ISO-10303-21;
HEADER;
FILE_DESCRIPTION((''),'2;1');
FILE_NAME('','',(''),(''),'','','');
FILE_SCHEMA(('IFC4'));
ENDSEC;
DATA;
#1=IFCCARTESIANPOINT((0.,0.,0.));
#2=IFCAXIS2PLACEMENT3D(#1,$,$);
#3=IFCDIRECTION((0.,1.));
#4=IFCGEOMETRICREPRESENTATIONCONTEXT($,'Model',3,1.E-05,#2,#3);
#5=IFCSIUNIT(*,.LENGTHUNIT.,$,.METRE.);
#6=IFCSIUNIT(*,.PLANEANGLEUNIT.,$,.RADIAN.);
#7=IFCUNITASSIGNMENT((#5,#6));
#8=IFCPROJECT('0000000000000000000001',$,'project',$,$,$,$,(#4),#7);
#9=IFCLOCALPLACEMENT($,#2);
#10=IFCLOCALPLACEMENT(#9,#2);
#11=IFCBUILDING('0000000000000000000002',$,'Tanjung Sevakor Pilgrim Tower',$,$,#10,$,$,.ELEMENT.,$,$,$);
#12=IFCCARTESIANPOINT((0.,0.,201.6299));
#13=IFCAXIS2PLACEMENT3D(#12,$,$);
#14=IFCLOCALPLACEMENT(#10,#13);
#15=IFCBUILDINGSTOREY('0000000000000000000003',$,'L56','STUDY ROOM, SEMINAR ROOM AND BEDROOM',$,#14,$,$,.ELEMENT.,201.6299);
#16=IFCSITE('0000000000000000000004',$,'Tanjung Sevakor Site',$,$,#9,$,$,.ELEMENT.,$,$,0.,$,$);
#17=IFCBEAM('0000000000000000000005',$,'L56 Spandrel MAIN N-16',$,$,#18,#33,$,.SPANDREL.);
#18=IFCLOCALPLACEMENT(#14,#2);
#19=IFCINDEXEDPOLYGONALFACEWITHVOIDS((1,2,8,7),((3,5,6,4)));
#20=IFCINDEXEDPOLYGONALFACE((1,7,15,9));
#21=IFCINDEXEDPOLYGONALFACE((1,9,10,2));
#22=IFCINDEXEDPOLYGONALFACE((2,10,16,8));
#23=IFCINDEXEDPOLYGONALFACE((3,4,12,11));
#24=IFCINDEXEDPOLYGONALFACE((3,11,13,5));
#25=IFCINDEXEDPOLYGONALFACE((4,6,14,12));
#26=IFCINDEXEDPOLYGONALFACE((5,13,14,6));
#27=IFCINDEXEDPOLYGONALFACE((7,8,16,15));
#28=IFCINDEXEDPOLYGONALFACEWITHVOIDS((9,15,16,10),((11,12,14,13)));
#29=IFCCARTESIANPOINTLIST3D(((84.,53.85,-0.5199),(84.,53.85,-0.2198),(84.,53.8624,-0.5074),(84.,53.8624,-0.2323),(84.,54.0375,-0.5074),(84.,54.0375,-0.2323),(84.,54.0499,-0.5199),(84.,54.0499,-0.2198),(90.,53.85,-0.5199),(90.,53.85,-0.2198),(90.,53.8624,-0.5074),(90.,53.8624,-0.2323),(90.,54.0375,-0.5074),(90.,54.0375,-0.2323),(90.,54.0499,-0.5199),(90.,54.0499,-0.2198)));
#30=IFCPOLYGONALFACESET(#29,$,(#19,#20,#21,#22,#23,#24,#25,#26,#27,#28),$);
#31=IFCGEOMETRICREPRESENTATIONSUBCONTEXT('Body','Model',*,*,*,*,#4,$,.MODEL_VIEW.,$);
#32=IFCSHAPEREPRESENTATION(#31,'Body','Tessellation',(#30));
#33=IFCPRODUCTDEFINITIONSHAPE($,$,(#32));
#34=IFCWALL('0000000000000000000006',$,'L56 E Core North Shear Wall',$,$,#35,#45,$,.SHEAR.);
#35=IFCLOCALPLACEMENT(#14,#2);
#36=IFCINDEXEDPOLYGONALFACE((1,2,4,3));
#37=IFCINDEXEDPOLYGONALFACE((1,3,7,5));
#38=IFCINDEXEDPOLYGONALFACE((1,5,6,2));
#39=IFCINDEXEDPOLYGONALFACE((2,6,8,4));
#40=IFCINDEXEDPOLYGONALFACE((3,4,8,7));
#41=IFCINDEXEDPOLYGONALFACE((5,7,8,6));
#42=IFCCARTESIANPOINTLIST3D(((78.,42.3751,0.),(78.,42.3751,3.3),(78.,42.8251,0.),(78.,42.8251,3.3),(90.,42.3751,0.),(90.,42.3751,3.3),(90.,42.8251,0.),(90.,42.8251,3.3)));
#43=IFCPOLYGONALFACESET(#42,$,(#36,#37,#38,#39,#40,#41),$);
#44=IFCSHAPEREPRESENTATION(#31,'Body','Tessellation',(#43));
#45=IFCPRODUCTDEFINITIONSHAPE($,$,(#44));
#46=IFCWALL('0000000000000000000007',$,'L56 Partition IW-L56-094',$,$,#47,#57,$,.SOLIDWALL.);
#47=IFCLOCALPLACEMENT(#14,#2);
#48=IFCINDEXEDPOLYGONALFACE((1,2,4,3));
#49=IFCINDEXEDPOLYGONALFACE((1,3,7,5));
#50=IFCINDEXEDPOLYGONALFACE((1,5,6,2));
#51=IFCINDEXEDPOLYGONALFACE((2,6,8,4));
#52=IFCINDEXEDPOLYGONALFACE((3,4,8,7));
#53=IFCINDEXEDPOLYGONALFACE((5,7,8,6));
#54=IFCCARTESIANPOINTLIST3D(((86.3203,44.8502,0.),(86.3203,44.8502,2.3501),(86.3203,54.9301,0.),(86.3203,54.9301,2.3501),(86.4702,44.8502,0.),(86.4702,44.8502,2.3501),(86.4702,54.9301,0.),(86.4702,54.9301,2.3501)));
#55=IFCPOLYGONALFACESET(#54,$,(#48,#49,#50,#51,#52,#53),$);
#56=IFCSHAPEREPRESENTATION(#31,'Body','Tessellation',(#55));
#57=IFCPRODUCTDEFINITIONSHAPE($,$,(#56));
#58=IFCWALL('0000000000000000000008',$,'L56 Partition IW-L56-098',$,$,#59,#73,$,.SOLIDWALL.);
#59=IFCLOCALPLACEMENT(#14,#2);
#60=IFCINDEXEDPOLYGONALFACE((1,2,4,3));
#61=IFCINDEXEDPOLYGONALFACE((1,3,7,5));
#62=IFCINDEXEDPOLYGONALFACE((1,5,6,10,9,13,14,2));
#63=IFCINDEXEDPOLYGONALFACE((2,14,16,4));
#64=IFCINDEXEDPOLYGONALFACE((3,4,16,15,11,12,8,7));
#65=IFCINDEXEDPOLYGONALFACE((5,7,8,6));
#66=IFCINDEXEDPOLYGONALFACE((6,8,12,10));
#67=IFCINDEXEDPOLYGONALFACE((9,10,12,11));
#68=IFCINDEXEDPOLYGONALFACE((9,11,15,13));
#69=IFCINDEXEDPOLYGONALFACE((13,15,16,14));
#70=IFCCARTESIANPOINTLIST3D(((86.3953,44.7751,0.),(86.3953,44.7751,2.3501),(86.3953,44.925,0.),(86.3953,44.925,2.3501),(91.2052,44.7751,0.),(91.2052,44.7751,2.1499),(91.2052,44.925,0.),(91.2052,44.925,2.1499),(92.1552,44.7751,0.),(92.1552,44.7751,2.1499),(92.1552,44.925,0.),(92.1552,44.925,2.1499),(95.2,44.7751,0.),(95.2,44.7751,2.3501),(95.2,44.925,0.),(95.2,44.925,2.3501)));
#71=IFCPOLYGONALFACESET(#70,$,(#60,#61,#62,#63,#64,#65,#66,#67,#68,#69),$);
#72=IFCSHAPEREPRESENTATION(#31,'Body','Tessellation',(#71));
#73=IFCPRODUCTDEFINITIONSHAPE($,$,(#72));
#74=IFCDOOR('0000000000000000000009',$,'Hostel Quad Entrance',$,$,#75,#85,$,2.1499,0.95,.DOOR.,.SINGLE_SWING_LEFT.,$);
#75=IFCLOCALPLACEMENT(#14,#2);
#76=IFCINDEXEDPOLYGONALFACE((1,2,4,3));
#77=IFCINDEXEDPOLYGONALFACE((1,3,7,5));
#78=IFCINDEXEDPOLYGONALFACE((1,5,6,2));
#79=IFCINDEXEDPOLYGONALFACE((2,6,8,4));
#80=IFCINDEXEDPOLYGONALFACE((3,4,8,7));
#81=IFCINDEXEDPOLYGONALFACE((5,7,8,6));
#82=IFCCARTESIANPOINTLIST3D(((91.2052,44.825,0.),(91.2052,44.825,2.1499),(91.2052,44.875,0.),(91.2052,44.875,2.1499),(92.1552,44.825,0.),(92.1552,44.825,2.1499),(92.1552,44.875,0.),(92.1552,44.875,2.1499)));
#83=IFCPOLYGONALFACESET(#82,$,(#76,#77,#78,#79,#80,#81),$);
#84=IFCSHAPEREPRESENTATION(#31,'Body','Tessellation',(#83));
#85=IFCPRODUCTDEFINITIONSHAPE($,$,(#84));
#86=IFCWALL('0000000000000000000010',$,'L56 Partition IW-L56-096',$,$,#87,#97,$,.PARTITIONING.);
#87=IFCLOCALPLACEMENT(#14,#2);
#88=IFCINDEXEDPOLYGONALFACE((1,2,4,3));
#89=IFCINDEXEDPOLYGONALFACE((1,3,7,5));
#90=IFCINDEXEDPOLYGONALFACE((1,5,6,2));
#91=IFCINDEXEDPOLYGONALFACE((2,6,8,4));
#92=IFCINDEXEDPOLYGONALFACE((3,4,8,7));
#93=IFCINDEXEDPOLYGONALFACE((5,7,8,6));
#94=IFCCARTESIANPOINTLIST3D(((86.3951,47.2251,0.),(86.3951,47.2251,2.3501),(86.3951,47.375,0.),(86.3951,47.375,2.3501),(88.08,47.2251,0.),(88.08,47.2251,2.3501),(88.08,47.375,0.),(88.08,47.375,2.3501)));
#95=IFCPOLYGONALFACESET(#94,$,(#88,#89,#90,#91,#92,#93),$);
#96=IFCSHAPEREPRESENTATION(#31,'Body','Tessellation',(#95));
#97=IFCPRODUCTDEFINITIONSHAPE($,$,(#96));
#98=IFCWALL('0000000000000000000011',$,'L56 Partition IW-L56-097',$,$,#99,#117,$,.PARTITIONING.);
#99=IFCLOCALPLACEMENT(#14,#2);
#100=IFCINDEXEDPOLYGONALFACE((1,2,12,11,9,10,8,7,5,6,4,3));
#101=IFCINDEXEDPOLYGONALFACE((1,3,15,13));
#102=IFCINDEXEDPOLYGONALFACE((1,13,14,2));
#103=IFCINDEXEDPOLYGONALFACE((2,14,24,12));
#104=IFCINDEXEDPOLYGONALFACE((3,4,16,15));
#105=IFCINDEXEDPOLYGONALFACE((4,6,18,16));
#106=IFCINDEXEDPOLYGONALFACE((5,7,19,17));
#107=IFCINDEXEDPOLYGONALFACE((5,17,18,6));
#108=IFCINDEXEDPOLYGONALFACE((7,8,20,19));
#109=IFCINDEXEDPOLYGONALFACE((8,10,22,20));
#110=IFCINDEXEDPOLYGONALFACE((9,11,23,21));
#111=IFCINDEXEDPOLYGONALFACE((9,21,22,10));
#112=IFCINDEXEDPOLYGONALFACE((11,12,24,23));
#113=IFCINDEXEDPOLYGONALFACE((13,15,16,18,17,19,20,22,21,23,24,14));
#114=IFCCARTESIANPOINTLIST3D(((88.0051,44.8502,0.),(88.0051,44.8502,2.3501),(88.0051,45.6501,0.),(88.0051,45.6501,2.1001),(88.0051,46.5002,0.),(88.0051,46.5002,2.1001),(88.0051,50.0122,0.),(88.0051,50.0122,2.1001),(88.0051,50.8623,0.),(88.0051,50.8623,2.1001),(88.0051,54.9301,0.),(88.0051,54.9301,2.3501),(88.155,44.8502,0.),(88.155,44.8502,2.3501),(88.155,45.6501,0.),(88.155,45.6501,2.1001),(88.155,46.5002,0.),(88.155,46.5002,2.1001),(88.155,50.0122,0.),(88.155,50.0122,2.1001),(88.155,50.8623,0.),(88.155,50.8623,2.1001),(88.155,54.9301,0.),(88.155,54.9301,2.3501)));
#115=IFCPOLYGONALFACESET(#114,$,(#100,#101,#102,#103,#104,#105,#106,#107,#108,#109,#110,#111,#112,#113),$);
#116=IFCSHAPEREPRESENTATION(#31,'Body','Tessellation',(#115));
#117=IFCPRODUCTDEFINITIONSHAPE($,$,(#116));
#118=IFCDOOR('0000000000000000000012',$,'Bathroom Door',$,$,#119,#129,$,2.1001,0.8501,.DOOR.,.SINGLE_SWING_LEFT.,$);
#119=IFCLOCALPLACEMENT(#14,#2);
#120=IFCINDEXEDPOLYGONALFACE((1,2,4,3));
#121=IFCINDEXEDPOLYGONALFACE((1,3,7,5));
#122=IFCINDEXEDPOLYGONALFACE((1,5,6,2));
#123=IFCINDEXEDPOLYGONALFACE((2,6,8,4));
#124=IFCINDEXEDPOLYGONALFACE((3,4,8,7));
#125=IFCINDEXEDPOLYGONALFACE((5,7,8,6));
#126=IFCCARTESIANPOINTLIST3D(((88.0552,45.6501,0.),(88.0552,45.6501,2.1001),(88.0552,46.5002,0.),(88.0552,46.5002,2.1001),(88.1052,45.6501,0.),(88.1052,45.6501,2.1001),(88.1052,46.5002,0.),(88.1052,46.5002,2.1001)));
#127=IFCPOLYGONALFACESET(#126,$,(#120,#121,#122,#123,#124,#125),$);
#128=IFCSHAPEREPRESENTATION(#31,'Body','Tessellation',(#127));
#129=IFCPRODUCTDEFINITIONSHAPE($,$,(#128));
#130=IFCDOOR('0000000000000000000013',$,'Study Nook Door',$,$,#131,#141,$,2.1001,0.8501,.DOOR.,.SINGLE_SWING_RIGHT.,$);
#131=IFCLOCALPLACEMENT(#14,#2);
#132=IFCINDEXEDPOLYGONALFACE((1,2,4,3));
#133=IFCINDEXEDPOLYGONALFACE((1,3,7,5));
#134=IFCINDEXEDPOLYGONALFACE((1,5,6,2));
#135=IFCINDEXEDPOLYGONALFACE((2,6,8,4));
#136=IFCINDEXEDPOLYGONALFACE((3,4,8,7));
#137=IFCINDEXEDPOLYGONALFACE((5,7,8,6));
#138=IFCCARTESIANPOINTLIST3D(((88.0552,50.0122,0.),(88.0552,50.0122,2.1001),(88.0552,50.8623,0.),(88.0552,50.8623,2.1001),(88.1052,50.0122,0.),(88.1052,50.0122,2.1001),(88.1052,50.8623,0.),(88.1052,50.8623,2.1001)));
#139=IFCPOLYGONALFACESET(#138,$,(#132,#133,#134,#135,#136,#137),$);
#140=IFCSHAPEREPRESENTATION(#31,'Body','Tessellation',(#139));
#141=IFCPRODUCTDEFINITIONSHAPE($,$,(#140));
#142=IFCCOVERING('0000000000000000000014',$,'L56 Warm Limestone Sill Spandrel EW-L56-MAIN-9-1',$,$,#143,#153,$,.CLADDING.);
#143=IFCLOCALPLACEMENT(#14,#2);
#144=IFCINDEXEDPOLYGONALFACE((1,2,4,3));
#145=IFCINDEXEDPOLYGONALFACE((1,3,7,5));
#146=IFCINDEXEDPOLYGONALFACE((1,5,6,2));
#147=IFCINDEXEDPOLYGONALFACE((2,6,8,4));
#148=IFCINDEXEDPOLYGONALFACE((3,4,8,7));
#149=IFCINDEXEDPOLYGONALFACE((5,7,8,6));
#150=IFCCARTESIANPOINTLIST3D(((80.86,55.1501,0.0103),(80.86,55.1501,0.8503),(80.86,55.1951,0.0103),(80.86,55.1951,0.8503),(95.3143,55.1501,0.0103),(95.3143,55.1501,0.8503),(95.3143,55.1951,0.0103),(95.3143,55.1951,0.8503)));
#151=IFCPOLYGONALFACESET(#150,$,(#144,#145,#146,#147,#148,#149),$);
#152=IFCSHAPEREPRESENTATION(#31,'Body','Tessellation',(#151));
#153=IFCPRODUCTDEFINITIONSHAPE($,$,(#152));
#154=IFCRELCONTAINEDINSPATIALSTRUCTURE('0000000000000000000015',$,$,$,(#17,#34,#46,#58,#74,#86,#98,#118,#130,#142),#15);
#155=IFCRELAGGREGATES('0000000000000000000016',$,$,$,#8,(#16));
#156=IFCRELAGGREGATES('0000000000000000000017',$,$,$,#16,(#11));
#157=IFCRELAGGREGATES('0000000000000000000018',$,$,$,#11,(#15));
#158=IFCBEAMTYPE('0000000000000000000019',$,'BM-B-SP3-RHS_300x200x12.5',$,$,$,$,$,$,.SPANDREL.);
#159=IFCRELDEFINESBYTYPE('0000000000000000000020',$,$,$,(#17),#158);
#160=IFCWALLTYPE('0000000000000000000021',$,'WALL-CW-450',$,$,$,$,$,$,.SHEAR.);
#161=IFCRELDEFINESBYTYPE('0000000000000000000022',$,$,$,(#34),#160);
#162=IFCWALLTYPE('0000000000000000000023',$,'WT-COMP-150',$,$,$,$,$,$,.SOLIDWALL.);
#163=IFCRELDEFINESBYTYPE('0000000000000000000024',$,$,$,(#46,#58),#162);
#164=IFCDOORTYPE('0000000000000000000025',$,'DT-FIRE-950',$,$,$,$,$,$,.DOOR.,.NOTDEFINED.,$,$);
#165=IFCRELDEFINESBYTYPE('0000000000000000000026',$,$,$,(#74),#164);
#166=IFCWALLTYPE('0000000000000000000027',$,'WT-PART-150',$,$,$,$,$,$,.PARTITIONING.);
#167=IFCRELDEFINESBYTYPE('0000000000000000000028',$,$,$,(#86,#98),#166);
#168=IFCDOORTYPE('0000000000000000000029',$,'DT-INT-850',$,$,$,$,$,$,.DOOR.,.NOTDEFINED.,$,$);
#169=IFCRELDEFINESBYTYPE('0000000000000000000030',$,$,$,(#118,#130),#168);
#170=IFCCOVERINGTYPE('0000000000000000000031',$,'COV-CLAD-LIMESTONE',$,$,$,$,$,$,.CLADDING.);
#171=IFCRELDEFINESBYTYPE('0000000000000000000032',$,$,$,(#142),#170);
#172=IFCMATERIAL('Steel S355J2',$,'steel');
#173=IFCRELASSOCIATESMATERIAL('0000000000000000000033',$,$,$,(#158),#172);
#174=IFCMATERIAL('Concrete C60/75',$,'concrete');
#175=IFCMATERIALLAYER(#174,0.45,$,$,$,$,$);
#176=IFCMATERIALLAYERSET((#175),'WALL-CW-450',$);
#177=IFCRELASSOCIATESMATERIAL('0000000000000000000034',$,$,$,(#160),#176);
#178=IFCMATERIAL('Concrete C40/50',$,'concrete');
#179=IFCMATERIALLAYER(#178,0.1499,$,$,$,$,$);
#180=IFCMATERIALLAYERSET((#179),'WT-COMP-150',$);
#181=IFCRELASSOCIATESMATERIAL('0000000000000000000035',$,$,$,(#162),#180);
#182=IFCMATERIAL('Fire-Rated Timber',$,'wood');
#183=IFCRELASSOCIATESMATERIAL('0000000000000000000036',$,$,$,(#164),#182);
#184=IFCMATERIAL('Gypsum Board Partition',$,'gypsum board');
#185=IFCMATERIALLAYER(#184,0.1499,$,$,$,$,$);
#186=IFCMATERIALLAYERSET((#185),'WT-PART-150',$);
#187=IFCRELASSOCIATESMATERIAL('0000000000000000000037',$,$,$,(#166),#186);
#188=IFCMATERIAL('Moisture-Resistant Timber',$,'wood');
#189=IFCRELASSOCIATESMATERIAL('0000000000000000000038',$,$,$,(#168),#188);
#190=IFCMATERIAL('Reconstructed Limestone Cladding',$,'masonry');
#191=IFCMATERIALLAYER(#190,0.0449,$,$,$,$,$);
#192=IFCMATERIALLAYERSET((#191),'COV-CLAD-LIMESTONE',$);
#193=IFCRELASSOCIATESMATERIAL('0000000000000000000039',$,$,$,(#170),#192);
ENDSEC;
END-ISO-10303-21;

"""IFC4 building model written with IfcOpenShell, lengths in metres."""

from ifc_helpers import new_model, si_unit, direction, frame, frame_2d, origin, origin_2d, place, context, subcontext, project, spatial, rectangle, hollow_rectangle, extrude, material, layer, layer_set, material_profile, profile_set, type_object, element, fill, save


model = new_model("IFC4")

# Units and contexts
model_context = context("Model", 3, precision=1e-05, world=origin(), true_north=direction((0.0, 1.0)))
body_context = subcontext(model_context, "Body", "Model", "MODEL_VIEW")
ifc_project = project(units=[si_unit("LENGTHUNIT", "METRE"), si_unit("PLANEANGLEUNIT", "RADIAN")], contexts=[model_context])

# Site, building, storey
site_placement = place(None, origin())
site = spatial("IfcSite", under=ifc_project, at=site_placement, Name="Tanjung Sevakor Site", CompositionType="ELEMENT", RefElevation=0.0)
building_placement = place(site_placement, origin())
building = spatial("IfcBuilding", under=site, at=building_placement, Name="Tanjung Sevakor Pilgrim Tower", CompositionType="ELEMENT")
storey_placement = place(building_placement, frame((0.0, 0.0, 201.6299)))
storey = spatial("IfcBuildingStorey", under=building, at=storey_placement, Name="L56", Description="STUDY ROOM, SEMINAR ROOM AND BEDROOM", CompositionType="ELEMENT", Elevation=201.6299)

# Beam
ifc_material_1 = material(Name="Steel S355J2", Category="steel")
ifc_material_profile_1 = material_profile(ifc_material_1, hollow_rectangle(XDim=0.2, YDim=0.3, WallThickness=0.0125, at=origin_2d()))
ifc_profile_set_1 = profile_set([ifc_material_profile_1], Name="Steel S355J2")
beam_type_1 = type_object("IfcBeamType", Name="BM-B-SP3-RHS_300x200x12.5", PredefinedType="SPANDREL", material=ifc_profile_set_1)
beam_placement = place(storey_placement, frame((84.0, 53.95, -0.3699), z_axis=(1.0, 0.0, 0.0), x_axis=(0.0, 1.0, 0.0)))
element("IfcBeam", 1, at=beam_placement, inside=storey, type_object=beam_type_1, Name="L56 Spandrel MAIN N-16", PredefinedType="SPANDREL", context=body_context, shape_type="SweptSolid", body=[
    extrude(hollow_rectangle(XDim=0.2, YDim=0.3, WallThickness=0.0125, at=origin_2d()), origin(), (0.0, 0.0, 1.0), 6.0),
])

# Walls
ifc_material_2 = material(Name="Concrete C60/75", Category="concrete")
ifc_layer_1 = layer(ifc_material_2, 0.45)
ifc_layer_set_1 = layer_set([ifc_layer_1], Name="WALL-CW-450")
wall_type_1 = type_object("IfcWallType", Name="WALL-CW-450", PredefinedType="SHEAR", material=ifc_layer_set_1)
wall_1_placement = place(storey_placement, frame((90.0, 42.6001, 0.0), z_axis=(0.0, 0.0, 1.0), x_axis=(-1.0, 0.0, 0.0)))
element("IfcWall", 2, at=wall_1_placement, inside=storey, type_object=wall_type_1, Name="L56 E Core North Shear Wall", PredefinedType="SHEAR", context=body_context, shape_type="SweptSolid", body=[
    extrude(rectangle(XDim=12.0, YDim=0.45, at=frame_2d((6.0, 0.0))), origin(), (0.0, 0.0, 1.0), 3.3),
])
ifc_material_3 = material(Name="Concrete C40/50", Category="concrete")
ifc_layer_2 = layer(ifc_material_3, 0.1499)
ifc_layer_set_2 = layer_set([ifc_layer_2], Name="WT-COMP-150")
wall_type_2 = type_object("IfcWallType", Name="WT-COMP-150", PredefinedType="SOLIDWALL", material=ifc_layer_set_2)
wall_2_placement = place(storey_placement, frame((86.3953, 44.8501, 0.0), z_axis=(0.0, 0.0, 1.0), x_axis=(0.0, 1.0, 0.0)))
element("IfcWall", 3, at=wall_2_placement, inside=storey, type_object=wall_type_2, Name="L56 Partition IW-L56-094", PredefinedType="SOLIDWALL", context=body_context, shape_type="SweptSolid", body=[
    extrude(rectangle(XDim=10.0798, YDim=0.1499, at=frame_2d((5.04, 0.0))), origin(), (0.0, 0.0, 1.0), 2.3501),
])

# Wall, opening, door
wall_3_placement = place(storey_placement, frame((86.3953, 44.8501, 0.0), z_axis=(0.0, 0.0, 1.0), x_axis=(1.0, 0.0, 0.0)))
wall_3 = element("IfcWall", 4, at=wall_3_placement, inside=storey, type_object=wall_type_2, Name="L56 Partition IW-L56-098", PredefinedType="SOLIDWALL", context=body_context, shape_type="SweptSolid", body=[
    extrude(rectangle(XDim=8.8047, YDim=0.1499, at=frame_2d((4.4023, 0.0))), origin(), (0.0, 0.0, 1.0), 2.3501),
])
opening_1_placement = place(wall_3_placement, frame((4.8098, 0.0, 0.0)))
opening_1 = element("IfcOpeningElement", 5, at=opening_1_placement, cuts=wall_3, PredefinedType="OPENING", context=body_context, shape_type="SweptSolid", body=[
    extrude(rectangle(XDim=0.95, YDim=2.1499, at=frame_2d((0.4751, 1.075))), frame((0.0, 0.085, 0.0), z_axis=(0.0, -1.0, 0.0), x_axis=(1.0, 0.0, 0.0)), (0.0, 0.0, 1.0), 0.1699),
])
ifc_material_4 = material(Name="Fire-Rated Timber", Category="wood")
door_type_1 = type_object("IfcDoorType", Name="DT-FIRE-950", OperationType="NOTDEFINED", PredefinedType="DOOR", material=ifc_material_4)
door_1_placement = place(opening_1_placement, origin())
door_1 = element("IfcDoor", 6, at=door_1_placement, inside=storey, type_object=door_type_1, Name="Hostel Quad Entrance", OperationType="SINGLE_SWING_LEFT", OverallHeight=2.1499, OverallWidth=0.95, PredefinedType="DOOR", context=body_context, shape_type="SweptSolid", body=[
    extrude(rectangle(XDim=0.95, YDim=2.1499, at=frame_2d((0.4751, 1.075))), frame((0.0, 0.0249, 0.0), z_axis=(0.0, -1.0, 0.0), x_axis=(1.0, 0.0, 0.0)), (0.0, 0.0, 1.0), 0.05),
])
fill(opening_1, door_1)

# Wall
ifc_material_5 = material(Name="Gypsum Board Partition", Category="gypsum board")
ifc_layer_3 = layer(ifc_material_5, 0.1499)
ifc_layer_set_3 = layer_set([ifc_layer_3], Name="WT-PART-150")
wall_type_3 = type_object("IfcWallType", Name="WT-PART-150", PredefinedType="PARTITIONING", material=ifc_layer_set_3)
wall_4_placement = place(storey_placement, frame((86.3953, 47.3, 0.0), z_axis=(0.0, 0.0, 1.0), x_axis=(1.0, 0.0, 0.0)))
element("IfcWall", 7, at=wall_4_placement, inside=storey, type_object=wall_type_3, Name="L56 Partition IW-L56-096", PredefinedType="PARTITIONING", context=body_context, shape_type="SweptSolid", body=[
    extrude(rectangle(XDim=1.6848, YDim=0.1499, at=frame_2d((0.8423, 0.0))), origin(), (0.0, 0.0, 1.0), 2.3501),
])

# Wall, openings, doors
wall_5_placement = place(storey_placement, frame((88.0801, 44.8501, 0.0), z_axis=(0.0, 0.0, 1.0), x_axis=(0.0, 1.0, 0.0)))
wall_5 = element("IfcWall", 8, at=wall_5_placement, inside=storey, type_object=wall_type_3, Name="L56 Partition IW-L56-097", PredefinedType="PARTITIONING", context=body_context, shape_type="SweptSolid", body=[
    extrude(rectangle(XDim=10.0798, YDim=0.1499, at=frame_2d((5.04, 0.0))), origin(), (0.0, 0.0, 1.0), 2.3501),
])
opening_2_placement = place(wall_5_placement, frame((0.8, 0.0, 0.0)))
opening_2 = element("IfcOpeningElement", 9, at=opening_2_placement, cuts=wall_5, PredefinedType="OPENING", context=body_context, shape_type="SweptSolid", body=[
    extrude(rectangle(XDim=0.8501, YDim=2.1001, at=frame_2d((0.425, 1.05))), frame((0.0, 0.085, 0.0), z_axis=(0.0, -1.0, 0.0), x_axis=(1.0, 0.0, 0.0)), (0.0, 0.0, 1.0), 0.1699),
])
opening_3_placement = place(wall_5_placement, frame((5.1621, 0.0, 0.0)))
opening_3 = element("IfcOpeningElement", 10, at=opening_3_placement, cuts=wall_5, PredefinedType="OPENING", context=body_context, shape_type="SweptSolid", body=[
    extrude(rectangle(XDim=0.8501, YDim=2.1001, at=frame_2d((0.425, 1.05))), frame((0.0, 0.085, 0.0), z_axis=(0.0, -1.0, 0.0), x_axis=(1.0, 0.0, 0.0)), (0.0, 0.0, 1.0), 0.1699),
])
ifc_material_6 = material(Name="Moisture-Resistant Timber", Category="wood")
door_type_2 = type_object("IfcDoorType", Name="DT-INT-850", OperationType="NOTDEFINED", PredefinedType="DOOR", material=ifc_material_6)
door_2_placement = place(opening_2_placement, origin())
door_2 = element("IfcDoor", 11, at=door_2_placement, inside=storey, type_object=door_type_2, Name="Bathroom Door", OperationType="SINGLE_SWING_LEFT", OverallHeight=2.1001, OverallWidth=0.8501, PredefinedType="DOOR", context=body_context, shape_type="SweptSolid", body=[
    extrude(rectangle(XDim=0.8501, YDim=2.1001, at=frame_2d((0.425, 1.05))), frame((0.0, 0.0249, 0.0), z_axis=(0.0, -1.0, 0.0), x_axis=(1.0, 0.0, 0.0)), (0.0, 0.0, 1.0), 0.05),
])
fill(opening_2, door_2)
door_3_placement = place(opening_3_placement, origin())
door_3 = element("IfcDoor", 12, at=door_3_placement, inside=storey, type_object=door_type_2, Name="Study Nook Door", OperationType="SINGLE_SWING_RIGHT", OverallHeight=2.1001, OverallWidth=0.8501, PredefinedType="DOOR", context=body_context, shape_type="SweptSolid", body=[
    extrude(rectangle(XDim=0.8501, YDim=2.1001, at=frame_2d((0.425, 1.05))), frame((0.0, 0.0249, 0.0), z_axis=(0.0, -1.0, 0.0), x_axis=(1.0, 0.0, 0.0)), (0.0, 0.0, 1.0), 0.05),
])
fill(opening_3, door_3)

# Covering
ifc_material_7 = material(Name="Reconstructed Limestone Cladding", Category="masonry")
ifc_layer_4 = layer(ifc_material_7, 0.0449)
ifc_layer_set_4 = layer_set([ifc_layer_4], Name="COV-CLAD-LIMESTONE")
covering_type = type_object("IfcCoveringType", Name="COV-CLAD-LIMESTONE", PredefinedType="CLADDING", material=ifc_layer_set_4)
covering_placement = place(storey_placement, frame((88.0872, 55.1726, 0.0103), z_axis=(0.0, 0.0, 1.0), x_axis=(-1.0, 0.0, 0.0)))
element("IfcCovering", 13, at=covering_placement, inside=storey, type_object=covering_type, Name="L56 Warm Limestone Sill Spandrel EW-L56-MAIN-9-1", PredefinedType="CLADDING", context=body_context, shape_type="SweptSolid", body=[
    extrude(rectangle(XDim=14.4543, YDim=0.0449, at=origin_2d()), origin(), (0.0, 0.0, 1.0), 0.8401),
])

save(model, "model.ifc")
